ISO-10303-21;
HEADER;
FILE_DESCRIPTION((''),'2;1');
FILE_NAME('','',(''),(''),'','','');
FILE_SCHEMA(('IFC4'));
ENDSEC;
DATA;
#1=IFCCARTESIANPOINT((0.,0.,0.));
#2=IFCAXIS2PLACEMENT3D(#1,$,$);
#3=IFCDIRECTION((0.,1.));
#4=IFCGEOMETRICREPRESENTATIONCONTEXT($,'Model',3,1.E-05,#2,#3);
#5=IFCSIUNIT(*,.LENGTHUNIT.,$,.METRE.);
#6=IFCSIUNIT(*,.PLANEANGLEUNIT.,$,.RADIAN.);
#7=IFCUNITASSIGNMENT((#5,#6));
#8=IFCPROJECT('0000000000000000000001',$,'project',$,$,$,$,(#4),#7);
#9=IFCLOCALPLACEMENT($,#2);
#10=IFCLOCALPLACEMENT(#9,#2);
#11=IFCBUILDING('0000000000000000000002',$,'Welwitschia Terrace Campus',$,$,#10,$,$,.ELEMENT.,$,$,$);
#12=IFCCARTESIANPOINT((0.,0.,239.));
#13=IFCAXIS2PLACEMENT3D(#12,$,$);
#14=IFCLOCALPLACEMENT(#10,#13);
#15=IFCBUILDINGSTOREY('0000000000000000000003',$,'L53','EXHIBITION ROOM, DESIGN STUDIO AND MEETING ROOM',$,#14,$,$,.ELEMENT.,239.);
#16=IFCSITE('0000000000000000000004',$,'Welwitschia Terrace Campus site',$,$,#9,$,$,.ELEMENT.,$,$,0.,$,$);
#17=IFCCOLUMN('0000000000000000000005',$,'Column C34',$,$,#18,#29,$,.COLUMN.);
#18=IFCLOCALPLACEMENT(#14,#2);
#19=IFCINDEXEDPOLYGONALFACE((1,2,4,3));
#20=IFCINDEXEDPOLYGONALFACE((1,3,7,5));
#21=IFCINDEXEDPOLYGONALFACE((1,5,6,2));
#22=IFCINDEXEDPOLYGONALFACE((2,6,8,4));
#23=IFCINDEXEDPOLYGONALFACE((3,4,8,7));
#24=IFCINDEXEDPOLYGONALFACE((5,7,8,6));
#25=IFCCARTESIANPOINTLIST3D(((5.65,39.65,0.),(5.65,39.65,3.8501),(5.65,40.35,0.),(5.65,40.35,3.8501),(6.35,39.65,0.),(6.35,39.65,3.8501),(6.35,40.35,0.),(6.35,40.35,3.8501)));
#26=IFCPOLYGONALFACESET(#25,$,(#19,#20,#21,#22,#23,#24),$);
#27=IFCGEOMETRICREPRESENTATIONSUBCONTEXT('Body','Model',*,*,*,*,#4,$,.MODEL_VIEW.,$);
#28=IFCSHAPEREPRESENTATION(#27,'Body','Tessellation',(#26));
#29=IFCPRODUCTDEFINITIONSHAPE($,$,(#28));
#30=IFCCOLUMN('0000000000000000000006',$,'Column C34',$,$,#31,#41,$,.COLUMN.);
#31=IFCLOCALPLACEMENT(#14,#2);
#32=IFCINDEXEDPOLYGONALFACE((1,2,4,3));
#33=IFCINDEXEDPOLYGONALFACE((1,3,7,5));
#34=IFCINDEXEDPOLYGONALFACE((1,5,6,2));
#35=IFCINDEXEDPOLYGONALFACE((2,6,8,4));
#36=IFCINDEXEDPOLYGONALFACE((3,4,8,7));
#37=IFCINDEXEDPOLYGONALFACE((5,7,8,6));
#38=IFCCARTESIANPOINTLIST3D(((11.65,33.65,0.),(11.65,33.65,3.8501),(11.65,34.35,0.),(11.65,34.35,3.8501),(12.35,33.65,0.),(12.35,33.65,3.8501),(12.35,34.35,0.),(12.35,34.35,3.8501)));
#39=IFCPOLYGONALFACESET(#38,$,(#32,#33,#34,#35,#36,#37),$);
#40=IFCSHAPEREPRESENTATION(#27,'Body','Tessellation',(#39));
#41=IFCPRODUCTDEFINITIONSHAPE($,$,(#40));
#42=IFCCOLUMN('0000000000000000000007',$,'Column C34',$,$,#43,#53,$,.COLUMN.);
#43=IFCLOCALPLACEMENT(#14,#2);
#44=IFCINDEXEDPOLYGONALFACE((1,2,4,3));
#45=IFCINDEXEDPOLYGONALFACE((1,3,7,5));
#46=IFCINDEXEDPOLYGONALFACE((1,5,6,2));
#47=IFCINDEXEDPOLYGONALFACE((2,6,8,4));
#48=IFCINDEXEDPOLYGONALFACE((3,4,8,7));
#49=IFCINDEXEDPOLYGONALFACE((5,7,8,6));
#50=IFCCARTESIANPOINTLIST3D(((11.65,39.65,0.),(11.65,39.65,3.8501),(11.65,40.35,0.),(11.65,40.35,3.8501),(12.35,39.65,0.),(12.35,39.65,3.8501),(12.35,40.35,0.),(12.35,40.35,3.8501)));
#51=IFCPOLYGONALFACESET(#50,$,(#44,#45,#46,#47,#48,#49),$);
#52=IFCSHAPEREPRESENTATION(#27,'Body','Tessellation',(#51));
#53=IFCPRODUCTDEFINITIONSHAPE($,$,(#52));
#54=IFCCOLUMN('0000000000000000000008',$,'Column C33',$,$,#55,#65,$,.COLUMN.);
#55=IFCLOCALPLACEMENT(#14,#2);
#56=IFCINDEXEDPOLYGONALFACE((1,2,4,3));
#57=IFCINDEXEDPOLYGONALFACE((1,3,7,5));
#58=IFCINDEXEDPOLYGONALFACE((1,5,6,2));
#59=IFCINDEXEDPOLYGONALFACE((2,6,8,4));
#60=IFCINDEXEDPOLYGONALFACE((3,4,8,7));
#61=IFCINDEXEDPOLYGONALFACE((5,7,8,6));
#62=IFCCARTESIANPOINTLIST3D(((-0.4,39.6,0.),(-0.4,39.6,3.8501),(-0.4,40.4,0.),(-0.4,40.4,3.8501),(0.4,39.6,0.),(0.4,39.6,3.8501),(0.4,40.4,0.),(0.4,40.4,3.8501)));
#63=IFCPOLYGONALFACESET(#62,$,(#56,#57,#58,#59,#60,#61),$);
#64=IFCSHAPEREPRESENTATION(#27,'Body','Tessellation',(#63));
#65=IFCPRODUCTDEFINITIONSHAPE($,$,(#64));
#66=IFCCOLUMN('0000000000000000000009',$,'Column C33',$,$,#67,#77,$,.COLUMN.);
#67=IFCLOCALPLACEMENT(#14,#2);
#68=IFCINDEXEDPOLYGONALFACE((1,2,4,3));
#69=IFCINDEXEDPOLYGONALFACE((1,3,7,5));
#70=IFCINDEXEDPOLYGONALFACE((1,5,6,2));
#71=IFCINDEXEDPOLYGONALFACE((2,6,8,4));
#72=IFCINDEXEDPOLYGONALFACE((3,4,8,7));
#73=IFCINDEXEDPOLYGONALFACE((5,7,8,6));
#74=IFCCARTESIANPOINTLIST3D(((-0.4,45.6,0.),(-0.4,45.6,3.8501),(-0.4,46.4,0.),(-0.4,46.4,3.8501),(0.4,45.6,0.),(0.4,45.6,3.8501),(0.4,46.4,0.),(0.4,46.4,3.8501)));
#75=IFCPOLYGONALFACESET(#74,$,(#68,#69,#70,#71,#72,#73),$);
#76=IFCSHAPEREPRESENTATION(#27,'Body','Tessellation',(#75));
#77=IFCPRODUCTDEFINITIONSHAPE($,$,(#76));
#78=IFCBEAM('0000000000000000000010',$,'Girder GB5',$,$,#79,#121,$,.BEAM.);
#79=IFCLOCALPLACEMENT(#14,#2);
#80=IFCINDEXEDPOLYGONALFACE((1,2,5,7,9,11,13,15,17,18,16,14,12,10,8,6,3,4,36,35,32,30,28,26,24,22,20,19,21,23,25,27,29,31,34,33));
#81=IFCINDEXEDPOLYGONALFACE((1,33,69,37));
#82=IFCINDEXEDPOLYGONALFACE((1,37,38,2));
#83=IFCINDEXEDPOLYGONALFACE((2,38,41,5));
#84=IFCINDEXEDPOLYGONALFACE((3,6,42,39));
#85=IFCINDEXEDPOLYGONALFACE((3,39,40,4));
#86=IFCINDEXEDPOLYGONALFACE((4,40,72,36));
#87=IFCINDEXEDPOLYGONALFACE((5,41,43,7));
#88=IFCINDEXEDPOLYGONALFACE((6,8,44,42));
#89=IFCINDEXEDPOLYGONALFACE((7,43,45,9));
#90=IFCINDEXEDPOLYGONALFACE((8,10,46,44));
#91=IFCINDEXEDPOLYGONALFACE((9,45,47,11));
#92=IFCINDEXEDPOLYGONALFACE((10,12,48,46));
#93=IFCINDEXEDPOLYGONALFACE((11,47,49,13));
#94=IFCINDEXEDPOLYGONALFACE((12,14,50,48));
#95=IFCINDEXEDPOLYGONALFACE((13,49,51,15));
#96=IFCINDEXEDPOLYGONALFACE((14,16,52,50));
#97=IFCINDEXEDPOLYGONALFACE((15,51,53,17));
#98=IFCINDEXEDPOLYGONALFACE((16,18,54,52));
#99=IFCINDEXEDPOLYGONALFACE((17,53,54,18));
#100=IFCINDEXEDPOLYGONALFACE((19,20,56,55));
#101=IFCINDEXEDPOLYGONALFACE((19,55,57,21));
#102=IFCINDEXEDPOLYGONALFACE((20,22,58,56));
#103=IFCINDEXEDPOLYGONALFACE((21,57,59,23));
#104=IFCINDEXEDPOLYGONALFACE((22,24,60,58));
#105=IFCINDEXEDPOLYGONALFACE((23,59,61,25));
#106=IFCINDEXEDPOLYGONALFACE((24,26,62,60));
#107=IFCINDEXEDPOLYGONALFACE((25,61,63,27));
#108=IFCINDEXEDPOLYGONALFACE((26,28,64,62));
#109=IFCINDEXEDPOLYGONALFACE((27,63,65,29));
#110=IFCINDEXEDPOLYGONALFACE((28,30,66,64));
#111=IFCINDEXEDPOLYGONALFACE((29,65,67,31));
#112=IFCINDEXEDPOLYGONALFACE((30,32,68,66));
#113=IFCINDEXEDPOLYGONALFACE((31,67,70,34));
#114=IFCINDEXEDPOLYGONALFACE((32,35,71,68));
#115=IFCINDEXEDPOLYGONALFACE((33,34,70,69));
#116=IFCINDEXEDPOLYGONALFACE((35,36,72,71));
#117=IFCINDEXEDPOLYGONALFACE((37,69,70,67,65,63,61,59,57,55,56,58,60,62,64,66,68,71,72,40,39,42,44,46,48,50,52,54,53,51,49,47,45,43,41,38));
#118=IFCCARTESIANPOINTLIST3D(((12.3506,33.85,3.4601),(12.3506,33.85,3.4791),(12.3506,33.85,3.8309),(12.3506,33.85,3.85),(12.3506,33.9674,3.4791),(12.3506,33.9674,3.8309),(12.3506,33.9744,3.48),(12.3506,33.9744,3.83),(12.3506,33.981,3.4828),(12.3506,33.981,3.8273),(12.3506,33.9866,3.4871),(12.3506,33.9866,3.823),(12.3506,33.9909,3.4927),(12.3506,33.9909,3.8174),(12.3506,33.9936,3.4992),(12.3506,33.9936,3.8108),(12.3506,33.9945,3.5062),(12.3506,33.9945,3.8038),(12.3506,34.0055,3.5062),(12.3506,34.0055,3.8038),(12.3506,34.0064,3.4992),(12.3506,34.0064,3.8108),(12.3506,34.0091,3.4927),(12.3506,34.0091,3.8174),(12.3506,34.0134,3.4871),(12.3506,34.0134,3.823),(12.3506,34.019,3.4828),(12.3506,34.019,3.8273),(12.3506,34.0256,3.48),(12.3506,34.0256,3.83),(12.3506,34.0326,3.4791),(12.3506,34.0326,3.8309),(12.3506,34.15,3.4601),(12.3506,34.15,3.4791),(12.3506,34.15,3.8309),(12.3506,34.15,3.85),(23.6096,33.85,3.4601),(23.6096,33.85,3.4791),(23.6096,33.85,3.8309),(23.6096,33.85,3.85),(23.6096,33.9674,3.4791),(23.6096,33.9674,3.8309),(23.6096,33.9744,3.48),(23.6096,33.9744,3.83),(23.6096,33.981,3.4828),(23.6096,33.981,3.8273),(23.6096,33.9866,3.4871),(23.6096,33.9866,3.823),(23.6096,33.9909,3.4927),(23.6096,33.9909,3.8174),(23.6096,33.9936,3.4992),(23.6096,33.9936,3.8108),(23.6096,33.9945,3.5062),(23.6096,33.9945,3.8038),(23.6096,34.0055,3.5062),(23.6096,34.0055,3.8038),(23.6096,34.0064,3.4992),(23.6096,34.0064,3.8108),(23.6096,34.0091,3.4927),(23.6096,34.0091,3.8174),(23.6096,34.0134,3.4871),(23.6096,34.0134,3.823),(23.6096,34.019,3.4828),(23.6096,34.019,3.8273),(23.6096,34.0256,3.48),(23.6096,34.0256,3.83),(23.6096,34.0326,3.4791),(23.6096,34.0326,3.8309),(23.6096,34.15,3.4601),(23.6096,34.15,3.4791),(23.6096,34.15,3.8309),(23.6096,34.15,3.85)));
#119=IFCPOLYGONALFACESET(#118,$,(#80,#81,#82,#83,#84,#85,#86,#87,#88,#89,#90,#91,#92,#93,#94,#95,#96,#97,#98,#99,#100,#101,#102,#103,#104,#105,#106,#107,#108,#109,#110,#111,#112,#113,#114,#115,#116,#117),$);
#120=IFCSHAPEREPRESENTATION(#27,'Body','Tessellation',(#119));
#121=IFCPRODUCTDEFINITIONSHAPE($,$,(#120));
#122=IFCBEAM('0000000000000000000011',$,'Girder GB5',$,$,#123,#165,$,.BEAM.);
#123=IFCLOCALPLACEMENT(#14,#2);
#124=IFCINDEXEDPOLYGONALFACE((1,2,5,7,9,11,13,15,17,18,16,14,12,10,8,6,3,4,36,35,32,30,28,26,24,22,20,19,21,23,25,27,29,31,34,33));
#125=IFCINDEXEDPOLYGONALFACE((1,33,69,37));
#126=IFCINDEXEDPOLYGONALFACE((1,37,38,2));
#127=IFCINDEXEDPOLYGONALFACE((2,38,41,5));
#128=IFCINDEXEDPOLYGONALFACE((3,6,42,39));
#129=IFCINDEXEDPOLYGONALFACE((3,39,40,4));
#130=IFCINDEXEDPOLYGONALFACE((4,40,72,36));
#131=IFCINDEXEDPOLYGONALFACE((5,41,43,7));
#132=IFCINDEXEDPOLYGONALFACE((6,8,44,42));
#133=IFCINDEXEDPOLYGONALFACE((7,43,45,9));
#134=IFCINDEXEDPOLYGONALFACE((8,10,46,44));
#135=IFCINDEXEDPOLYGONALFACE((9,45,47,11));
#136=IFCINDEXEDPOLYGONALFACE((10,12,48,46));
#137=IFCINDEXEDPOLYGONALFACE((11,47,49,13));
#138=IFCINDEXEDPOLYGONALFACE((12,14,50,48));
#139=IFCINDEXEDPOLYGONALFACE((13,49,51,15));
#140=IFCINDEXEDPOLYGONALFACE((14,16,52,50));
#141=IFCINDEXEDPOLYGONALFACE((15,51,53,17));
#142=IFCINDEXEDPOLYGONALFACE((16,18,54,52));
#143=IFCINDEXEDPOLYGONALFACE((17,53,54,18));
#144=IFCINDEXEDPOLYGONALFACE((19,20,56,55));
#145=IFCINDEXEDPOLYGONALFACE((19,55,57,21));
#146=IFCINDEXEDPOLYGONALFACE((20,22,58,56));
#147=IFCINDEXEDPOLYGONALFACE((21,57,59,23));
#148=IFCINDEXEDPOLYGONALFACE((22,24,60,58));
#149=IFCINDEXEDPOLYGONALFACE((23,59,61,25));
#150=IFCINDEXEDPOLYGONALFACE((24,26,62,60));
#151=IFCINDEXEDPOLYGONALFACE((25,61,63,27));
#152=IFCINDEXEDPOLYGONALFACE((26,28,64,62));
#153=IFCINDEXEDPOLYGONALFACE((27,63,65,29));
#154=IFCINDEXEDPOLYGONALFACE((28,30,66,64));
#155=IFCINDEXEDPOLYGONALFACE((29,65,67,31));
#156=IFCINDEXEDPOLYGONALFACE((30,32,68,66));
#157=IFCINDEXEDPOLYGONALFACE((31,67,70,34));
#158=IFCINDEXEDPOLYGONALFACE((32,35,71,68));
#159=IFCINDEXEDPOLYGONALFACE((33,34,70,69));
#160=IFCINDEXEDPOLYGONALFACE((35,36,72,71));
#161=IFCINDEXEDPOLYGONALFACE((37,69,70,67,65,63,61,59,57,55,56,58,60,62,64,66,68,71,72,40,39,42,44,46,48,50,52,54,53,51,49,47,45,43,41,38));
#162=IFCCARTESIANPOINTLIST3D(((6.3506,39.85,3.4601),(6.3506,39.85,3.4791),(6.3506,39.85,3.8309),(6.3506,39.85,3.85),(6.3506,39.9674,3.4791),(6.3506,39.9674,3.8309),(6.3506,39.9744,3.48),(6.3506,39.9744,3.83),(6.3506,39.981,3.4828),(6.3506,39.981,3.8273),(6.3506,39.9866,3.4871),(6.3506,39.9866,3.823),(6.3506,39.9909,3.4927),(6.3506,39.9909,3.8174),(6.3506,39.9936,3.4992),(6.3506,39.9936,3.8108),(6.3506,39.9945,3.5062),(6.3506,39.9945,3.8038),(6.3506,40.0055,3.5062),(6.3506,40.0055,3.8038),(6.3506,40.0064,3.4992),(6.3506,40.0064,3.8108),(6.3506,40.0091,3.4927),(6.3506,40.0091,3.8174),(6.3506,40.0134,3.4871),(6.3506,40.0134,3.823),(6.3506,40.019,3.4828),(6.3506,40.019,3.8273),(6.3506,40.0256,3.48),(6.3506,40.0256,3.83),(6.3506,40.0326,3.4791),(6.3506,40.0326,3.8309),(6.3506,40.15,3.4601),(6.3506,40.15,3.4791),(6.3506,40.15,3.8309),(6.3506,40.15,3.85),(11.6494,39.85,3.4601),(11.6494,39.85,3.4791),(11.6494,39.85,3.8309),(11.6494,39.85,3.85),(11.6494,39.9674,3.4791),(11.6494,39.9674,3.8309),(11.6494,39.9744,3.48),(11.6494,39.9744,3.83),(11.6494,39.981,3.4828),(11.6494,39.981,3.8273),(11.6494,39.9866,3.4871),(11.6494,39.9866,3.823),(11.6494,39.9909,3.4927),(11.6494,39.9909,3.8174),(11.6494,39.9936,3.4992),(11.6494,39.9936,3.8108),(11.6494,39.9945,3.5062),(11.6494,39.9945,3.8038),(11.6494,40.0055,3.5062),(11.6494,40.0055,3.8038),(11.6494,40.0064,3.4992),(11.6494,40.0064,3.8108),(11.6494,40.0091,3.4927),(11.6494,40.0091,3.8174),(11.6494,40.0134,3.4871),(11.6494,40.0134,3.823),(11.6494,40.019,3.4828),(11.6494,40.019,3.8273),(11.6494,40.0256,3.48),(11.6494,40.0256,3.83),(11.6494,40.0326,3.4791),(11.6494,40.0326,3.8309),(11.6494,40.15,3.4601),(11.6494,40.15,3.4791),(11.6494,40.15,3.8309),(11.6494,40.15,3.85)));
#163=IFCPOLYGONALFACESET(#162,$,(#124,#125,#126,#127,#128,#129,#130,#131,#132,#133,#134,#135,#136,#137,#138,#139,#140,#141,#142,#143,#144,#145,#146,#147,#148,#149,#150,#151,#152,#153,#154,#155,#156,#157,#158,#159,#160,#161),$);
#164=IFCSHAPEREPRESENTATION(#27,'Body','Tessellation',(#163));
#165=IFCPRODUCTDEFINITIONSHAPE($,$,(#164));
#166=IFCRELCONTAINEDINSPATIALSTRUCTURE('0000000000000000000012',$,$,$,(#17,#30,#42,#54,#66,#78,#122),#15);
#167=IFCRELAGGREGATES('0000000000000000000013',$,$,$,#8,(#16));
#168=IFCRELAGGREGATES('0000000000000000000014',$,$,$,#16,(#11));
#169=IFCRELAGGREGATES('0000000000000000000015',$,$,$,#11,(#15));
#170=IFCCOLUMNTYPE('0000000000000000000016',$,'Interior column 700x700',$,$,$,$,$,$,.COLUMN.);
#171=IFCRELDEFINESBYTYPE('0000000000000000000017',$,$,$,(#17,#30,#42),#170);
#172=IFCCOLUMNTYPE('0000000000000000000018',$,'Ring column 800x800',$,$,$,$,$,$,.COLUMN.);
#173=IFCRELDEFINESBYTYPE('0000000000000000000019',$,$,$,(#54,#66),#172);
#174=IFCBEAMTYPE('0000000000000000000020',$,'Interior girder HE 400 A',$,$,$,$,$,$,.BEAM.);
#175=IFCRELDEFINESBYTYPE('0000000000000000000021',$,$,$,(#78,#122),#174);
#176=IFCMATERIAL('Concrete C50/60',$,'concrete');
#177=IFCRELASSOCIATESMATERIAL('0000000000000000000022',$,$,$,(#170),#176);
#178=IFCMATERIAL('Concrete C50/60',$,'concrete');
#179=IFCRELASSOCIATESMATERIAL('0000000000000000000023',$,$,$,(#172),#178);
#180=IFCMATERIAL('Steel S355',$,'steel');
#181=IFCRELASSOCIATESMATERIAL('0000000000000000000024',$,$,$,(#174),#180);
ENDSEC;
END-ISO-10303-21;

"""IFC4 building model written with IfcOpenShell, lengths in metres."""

from ifc_helpers import new_model, si_unit, direction, frame, origin, origin_2d, place, context, subcontext, project, spatial, rectangle, i_section, extrude, material, material_profile, profile_set, type_object, element, save


model = new_model("IFC4")

# Units and contexts
model_context = context("Model", 3, precision=1e-05, world=origin(), true_north=direction((0.0, 1.0)))
body_context = subcontext(model_context, "Body", "Model", "MODEL_VIEW")
ifc_project = project(units=[si_unit("LENGTHUNIT", "METRE"), si_unit("PLANEANGLEUNIT", "RADIAN")], contexts=[model_context])

# Site, building, storey
site_placement = place(None, origin())
site = spatial("IfcSite", under=ifc_project, at=site_placement, Name="Welwitschia Terrace Campus site", CompositionType="ELEMENT", RefElevation=0.0)
building_placement = place(site_placement, origin())
building = spatial("IfcBuilding", under=site, at=building_placement, Name="Welwitschia Terrace Campus", CompositionType="ELEMENT")
storey_placement = place(building_placement, frame((0.0, 0.0, 239.0)))
storey = spatial("IfcBuildingStorey", under=building, at=storey_placement, Name="L53", Description="EXHIBITION ROOM, DESIGN STUDIO AND MEETING ROOM", CompositionType="ELEMENT", Elevation=239.0)

# Columns
ifc_material_1 = material(Name="Concrete C50/60", Category="concrete")
ifc_material_profile_1 = material_profile(ifc_material_1, rectangle(XDim=0.7, YDim=0.7, at=origin_2d()))
ifc_profile_set_1 = profile_set([ifc_material_profile_1], Name="Concrete C50/60")
column_type_1 = type_object("IfcColumnType", Name="Interior column 700x700", PredefinedType="COLUMN", material=ifc_profile_set_1)
for number, where, z_axis, x_axis, name in (
    (1, (6.0, 40.0, 0.0), (0.0, 0.0, 1.0), (1.0, 0.0, 0.0), "Column C34"),
    (2, (12.0, 34.0, 0.0), (0.0, 0.0, 1.0), (1.0, 0.0, 0.0), "Column C34"),
    (3, (12.0, 40.0, 0.0), (0.0, 0.0, 1.0), (1.0, 0.0, 0.0), "Column C34"),
):
    element("IfcColumn", number, at=place(storey_placement, frame(where, z_axis=z_axis, x_axis=x_axis)), inside=storey, type_object=column_type_1, Name=name, PredefinedType="COLUMN", context=body_context, shape_type="SweptSolid", body=[
        extrude(rectangle(XDim=0.7, YDim=0.7, at=origin_2d()), origin(), (0.0, 0.0, 1.0), 3.8501),
    ])
ifc_material_2 = material(Name="Concrete C50/60", Category="concrete")
ifc_material_profile_2 = material_profile(ifc_material_2, rectangle(XDim=0.8, YDim=0.8, at=origin_2d()))
ifc_profile_set_2 = profile_set([ifc_material_profile_2], Name="Concrete C50/60")
column_type_2 = type_object("IfcColumnType", Name="Ring column 800x800", PredefinedType="COLUMN", material=ifc_profile_set_2)
for number, where, z_axis, x_axis, name in (
    (4, (0.0, 40.0, 0.0), (0.0, 0.0, 1.0), (1.0, 0.0, 0.0), "Column C33"),
    (5, (0.0, 46.0, 0.0), (0.0, 0.0, 1.0), (1.0, 0.0, 0.0), "Column C33"),
):
    element("IfcColumn", number, at=place(storey_placement, frame(where, z_axis=z_axis, x_axis=x_axis)), inside=storey, type_object=column_type_2, Name=name, PredefinedType="COLUMN", context=body_context, shape_type="SweptSolid", body=[
        extrude(rectangle(XDim=0.8, YDim=0.8, at=origin_2d()), origin(), (0.0, 0.0, 1.0), 3.8501),
    ])

# Beams
ifc_material_3 = material(Name="Steel S355", Category="steel")
ifc_material_profile_3 = material_profile(ifc_material_3, i_section(OverallWidth=0.3, OverallDepth=0.3899, WebThickness=0.011, FlangeThickness=0.019, FilletRadius=0.0271, at=origin_2d()))
ifc_profile_set_3 = profile_set([ifc_material_profile_3], Name="Steel S355")
beam_type_1 = type_object("IfcBeamType", Name="Interior girder HE 400 A", PredefinedType="BEAM", material=ifc_profile_set_3)
beam_1_placement = place(storey_placement, frame((12.3506, 34.0, 3.655), z_axis=(1.0, 0.0, 0.0), x_axis=(0.0, 1.0, 0.0)))
element("IfcBeam", 6, at=beam_1_placement, inside=storey, type_object=beam_type_1, Name="Girder GB5", PredefinedType="BEAM", context=body_context, shape_type="SweptSolid", body=[
    extrude(i_section(OverallWidth=0.3, OverallDepth=0.3899, WebThickness=0.011, FlangeThickness=0.019, FilletRadius=0.0271, at=origin_2d()), origin(), (0.0, 0.0, 1.0), 11.259),
])
for number, where, z_axis, x_axis, name in (
    (7, (6.3506, 40.0, 3.655), (1.0, 0.0, 0.0), (0.0, 1.0, 0.0), "Girder GB5"),
):
    element("IfcBeam", number, at=place(storey_placement, frame(where, z_axis=z_axis, x_axis=x_axis)), inside=storey, type_object=beam_type_1, Name=name, PredefinedType="BEAM", context=body_context, shape_type="SweptSolid", body=[
        extrude(i_section(OverallWidth=0.3, OverallDepth=0.3899, WebThickness=0.011, FlangeThickness=0.019, FilletRadius=0.0271, at=origin_2d()), origin(), (0.0, 0.0, 1.0), 5.2988),
    ])

save(model, "model.ifc")
